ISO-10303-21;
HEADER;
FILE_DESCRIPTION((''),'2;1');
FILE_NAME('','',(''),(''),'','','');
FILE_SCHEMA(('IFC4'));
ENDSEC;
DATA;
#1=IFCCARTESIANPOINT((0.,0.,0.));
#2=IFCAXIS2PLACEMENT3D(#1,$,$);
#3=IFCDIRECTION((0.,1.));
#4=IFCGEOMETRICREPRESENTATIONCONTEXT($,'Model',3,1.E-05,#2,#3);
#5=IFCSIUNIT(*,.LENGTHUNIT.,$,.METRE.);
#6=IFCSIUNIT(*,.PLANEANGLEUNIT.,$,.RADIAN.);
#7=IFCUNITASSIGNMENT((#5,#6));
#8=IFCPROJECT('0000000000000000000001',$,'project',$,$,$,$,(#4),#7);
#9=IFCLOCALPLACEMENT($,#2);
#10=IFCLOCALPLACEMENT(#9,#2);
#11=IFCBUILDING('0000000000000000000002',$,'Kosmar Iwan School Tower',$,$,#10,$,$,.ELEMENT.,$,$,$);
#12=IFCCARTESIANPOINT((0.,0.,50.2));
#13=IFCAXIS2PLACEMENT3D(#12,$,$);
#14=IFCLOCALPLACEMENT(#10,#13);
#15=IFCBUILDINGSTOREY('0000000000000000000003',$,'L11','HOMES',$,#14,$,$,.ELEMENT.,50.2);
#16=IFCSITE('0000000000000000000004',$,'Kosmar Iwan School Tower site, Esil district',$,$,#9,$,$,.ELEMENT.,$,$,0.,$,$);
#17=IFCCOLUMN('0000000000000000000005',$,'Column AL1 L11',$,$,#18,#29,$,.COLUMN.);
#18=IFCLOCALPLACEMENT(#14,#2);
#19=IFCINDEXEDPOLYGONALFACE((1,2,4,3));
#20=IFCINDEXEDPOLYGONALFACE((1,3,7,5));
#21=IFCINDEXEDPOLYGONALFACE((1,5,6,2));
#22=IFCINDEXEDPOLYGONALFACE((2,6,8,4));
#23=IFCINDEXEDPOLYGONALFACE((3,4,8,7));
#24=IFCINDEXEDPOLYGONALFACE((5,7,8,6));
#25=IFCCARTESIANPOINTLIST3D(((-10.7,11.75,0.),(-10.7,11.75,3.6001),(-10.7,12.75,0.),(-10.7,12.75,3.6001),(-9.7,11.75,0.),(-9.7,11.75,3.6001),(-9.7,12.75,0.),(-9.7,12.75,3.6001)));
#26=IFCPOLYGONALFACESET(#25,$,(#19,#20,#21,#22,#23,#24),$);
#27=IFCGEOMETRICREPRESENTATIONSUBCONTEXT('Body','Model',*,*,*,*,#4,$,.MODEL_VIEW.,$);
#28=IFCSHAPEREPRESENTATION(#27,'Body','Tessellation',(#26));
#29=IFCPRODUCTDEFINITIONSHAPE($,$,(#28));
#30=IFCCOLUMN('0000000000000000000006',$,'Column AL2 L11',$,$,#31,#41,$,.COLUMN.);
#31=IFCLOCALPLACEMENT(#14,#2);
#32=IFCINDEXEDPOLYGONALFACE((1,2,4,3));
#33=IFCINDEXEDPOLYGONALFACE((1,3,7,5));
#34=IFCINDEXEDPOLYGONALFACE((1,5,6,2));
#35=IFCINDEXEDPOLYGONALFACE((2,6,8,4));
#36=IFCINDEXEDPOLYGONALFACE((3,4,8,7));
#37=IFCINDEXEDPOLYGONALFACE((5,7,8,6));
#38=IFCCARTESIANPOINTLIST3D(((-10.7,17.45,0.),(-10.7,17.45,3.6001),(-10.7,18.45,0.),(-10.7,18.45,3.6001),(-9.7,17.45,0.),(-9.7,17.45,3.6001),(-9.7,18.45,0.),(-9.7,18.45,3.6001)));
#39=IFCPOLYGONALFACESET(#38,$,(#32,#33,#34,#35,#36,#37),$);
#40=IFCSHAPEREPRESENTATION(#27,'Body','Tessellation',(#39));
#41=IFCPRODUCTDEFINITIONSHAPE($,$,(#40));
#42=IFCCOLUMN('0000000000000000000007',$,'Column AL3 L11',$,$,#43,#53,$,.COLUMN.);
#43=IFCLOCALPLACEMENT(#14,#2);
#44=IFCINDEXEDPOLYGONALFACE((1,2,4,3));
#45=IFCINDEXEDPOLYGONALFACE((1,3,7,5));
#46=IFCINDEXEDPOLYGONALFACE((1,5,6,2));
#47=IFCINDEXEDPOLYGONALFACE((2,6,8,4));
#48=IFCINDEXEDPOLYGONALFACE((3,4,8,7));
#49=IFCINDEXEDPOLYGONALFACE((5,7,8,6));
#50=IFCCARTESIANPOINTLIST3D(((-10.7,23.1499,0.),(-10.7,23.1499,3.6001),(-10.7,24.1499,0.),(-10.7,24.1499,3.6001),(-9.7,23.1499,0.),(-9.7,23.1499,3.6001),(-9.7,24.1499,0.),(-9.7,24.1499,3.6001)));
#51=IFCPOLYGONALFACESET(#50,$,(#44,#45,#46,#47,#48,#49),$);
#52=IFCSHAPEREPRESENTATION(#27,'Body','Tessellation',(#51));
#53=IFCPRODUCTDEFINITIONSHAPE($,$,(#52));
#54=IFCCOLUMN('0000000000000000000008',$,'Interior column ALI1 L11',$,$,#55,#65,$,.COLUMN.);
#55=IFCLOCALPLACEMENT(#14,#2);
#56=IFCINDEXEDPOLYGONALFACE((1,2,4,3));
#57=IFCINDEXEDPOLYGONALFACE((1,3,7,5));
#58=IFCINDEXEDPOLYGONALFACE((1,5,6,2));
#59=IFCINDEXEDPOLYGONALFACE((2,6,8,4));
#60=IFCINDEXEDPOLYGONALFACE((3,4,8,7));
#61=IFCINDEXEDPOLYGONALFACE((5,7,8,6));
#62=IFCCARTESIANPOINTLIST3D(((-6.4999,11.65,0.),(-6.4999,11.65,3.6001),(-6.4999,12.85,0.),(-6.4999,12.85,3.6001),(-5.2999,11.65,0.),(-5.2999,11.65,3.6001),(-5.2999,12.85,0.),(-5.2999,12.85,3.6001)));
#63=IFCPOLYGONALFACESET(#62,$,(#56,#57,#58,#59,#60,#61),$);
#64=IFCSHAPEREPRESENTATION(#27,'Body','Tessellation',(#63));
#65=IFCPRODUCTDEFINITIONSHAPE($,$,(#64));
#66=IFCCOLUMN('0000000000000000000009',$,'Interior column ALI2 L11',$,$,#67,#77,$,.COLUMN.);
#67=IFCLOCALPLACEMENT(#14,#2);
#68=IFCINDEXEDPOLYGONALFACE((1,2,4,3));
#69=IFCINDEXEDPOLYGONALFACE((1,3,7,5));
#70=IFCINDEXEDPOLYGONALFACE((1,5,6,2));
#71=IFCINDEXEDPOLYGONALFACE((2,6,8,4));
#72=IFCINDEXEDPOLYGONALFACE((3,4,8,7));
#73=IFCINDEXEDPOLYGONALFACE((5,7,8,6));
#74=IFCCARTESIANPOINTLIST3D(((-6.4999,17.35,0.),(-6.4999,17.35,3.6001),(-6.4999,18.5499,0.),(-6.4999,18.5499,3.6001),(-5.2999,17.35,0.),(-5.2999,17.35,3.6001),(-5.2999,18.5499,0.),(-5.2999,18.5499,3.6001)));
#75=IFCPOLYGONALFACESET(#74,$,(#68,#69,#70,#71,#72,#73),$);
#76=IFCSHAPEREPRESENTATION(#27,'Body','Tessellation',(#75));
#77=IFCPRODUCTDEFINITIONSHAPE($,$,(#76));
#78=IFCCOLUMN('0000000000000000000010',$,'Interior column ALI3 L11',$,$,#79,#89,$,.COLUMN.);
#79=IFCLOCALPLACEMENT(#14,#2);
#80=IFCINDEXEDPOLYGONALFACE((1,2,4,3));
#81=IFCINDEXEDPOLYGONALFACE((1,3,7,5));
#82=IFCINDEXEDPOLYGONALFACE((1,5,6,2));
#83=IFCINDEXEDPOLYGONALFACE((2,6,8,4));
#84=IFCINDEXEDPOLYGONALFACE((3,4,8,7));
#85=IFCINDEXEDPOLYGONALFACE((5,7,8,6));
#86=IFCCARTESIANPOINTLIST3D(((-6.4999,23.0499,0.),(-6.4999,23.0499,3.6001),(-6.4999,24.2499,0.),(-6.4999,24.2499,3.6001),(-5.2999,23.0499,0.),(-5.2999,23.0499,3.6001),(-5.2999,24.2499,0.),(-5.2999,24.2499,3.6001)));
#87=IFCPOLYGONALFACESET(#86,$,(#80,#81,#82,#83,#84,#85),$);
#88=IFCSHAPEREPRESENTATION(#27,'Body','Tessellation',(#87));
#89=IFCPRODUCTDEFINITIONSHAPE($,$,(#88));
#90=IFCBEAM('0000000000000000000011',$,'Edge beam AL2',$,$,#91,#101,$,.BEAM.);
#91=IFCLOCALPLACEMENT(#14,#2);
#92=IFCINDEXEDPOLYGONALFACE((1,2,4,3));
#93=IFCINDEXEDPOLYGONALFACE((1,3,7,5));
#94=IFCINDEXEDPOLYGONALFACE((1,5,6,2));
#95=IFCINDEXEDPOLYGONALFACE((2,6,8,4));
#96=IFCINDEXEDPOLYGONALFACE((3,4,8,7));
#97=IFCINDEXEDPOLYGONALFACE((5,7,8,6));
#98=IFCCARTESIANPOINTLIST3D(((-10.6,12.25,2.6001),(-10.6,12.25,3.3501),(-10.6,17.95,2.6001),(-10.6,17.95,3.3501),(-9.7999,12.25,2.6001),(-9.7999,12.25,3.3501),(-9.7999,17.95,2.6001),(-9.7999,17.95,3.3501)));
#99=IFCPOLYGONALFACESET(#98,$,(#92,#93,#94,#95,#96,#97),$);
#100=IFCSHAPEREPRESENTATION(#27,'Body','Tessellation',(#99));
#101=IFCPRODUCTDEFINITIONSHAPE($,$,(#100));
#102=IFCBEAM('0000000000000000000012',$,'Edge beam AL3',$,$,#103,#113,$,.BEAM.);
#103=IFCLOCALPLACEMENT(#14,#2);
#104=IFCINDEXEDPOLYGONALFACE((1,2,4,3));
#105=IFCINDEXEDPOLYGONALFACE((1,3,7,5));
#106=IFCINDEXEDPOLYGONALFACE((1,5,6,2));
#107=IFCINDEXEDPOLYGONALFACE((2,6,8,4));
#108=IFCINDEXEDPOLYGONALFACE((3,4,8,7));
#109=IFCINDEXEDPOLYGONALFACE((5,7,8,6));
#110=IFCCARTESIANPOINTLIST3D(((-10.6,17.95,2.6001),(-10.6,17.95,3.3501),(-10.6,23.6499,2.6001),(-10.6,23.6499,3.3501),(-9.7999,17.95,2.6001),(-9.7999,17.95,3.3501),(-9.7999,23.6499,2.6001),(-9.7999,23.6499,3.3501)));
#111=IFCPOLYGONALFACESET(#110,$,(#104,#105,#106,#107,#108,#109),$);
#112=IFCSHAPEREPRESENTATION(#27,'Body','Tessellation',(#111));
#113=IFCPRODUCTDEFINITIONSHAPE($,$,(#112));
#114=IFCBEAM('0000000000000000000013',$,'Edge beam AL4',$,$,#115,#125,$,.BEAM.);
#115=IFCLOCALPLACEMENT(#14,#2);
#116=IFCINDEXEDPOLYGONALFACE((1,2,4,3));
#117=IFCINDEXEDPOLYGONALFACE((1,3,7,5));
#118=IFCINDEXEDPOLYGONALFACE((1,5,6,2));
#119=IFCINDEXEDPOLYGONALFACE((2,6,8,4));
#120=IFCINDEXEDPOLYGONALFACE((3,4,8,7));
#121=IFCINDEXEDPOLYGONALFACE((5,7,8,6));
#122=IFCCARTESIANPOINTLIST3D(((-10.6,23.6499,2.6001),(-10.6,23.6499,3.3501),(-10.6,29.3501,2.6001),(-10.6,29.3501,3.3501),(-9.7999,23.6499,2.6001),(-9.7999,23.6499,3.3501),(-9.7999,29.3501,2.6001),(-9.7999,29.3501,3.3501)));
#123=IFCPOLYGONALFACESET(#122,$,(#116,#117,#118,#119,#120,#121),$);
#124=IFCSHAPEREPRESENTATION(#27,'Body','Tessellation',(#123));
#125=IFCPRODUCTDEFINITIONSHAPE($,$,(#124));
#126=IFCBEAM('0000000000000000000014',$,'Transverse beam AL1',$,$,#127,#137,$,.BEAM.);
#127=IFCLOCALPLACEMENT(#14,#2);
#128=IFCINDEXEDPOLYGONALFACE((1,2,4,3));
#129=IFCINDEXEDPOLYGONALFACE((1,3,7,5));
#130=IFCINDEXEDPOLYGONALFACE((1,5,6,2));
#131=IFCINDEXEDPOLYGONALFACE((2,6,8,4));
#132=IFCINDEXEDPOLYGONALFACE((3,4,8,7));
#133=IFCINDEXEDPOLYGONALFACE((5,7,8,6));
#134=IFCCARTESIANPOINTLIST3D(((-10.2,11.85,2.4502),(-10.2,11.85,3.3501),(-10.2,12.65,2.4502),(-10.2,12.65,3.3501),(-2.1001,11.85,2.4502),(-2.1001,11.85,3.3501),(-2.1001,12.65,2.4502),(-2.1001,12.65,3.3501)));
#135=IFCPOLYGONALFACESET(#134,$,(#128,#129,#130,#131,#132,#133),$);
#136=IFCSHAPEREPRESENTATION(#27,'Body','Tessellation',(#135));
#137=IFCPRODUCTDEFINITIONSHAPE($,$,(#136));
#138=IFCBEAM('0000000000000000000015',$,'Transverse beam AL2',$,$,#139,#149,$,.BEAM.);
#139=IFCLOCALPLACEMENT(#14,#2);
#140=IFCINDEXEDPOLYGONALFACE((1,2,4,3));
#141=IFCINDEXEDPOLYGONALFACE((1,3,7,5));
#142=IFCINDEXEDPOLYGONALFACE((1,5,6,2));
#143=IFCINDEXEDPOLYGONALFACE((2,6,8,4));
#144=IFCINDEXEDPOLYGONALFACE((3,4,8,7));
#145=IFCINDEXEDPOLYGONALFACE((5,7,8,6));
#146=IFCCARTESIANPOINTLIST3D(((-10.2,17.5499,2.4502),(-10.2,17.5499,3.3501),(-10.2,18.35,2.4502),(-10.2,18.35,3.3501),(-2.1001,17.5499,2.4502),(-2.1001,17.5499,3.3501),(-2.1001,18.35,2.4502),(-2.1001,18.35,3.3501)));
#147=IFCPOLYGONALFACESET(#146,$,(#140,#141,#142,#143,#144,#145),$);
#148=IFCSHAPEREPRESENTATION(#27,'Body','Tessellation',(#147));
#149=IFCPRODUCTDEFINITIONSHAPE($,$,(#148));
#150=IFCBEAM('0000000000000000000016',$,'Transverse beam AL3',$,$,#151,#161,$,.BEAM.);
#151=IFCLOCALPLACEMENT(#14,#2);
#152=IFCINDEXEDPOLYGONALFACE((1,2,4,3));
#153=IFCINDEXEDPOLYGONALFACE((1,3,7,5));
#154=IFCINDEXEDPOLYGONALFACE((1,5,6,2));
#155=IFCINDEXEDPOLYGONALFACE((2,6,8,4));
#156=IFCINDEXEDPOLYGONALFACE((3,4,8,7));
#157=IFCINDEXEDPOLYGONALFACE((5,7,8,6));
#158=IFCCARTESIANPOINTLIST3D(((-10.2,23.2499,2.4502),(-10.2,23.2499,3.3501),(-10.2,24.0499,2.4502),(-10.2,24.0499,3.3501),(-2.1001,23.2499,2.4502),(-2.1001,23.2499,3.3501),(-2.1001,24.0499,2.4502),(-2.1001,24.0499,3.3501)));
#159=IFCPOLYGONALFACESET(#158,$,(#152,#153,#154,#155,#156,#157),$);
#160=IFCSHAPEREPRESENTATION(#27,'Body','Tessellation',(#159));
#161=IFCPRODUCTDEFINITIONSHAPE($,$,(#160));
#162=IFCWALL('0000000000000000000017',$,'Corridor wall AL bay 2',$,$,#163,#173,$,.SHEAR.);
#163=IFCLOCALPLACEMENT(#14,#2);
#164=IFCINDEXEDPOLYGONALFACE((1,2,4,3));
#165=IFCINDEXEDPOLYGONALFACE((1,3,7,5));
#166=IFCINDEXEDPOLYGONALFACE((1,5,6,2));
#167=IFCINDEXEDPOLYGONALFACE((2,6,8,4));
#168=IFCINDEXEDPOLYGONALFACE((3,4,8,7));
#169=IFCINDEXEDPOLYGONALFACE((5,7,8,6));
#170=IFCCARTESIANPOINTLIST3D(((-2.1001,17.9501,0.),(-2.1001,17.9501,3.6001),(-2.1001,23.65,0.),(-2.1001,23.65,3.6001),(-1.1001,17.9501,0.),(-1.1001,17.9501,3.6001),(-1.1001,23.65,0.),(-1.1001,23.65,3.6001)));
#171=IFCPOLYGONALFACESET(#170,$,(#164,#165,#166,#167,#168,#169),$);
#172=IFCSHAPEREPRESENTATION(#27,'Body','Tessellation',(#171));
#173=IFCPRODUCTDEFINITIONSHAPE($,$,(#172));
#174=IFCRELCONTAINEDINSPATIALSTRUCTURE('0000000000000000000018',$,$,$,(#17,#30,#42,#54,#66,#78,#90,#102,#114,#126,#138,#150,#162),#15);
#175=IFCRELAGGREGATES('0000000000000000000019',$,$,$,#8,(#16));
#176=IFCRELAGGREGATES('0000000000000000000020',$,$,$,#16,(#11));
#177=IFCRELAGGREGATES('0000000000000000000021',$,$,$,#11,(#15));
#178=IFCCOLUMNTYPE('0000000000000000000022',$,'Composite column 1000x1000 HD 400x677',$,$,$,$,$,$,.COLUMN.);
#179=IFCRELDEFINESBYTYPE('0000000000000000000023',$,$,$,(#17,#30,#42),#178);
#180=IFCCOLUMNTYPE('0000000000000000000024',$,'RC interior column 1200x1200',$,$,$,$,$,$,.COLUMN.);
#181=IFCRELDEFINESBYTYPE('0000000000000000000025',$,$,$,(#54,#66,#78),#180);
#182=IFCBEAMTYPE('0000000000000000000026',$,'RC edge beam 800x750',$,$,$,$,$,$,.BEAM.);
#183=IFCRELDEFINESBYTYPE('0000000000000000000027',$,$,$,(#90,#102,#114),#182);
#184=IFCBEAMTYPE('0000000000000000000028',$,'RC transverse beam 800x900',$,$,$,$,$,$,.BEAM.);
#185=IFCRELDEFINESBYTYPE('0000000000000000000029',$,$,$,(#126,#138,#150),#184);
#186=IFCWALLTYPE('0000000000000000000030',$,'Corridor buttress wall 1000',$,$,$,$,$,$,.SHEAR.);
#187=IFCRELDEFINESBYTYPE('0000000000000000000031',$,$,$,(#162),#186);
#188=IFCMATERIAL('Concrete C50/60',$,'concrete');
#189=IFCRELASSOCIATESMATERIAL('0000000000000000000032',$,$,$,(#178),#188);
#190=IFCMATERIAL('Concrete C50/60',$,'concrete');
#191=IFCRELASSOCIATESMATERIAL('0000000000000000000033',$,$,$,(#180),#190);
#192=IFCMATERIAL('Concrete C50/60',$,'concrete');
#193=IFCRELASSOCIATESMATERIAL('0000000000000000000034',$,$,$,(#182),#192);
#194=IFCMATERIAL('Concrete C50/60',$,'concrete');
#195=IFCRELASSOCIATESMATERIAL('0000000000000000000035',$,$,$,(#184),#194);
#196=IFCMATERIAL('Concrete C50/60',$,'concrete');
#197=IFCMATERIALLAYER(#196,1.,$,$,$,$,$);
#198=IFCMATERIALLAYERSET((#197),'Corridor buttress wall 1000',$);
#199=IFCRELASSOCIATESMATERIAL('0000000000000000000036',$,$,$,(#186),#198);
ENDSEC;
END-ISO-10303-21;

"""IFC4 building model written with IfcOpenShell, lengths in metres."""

from ifc_helpers import new_model, si_unit, direction, frame, frame_2d, origin, origin_2d, place, context, subcontext, project, spatial, rectangle, extrude, material, layer, layer_set, material_profile, profile_set, type_object, element, save


model = new_model("IFC4")

# Units and contexts
model_context = context("Model", 3, precision=1e-05, world=origin(), true_north=direction((0.0, 1.0)))
body_context = subcontext(model_context, "Body", "Model", "MODEL_VIEW")
ifc_project = project(units=[si_unit("LENGTHUNIT", "METRE"), si_unit("PLANEANGLEUNIT", "RADIAN")], contexts=[model_context])

# Site, building, storey
site_placement = place(None, origin())
site = spatial("IfcSite", under=ifc_project, at=site_placement, Name="Kosmar Iwan School Tower site, Esil district", CompositionType="ELEMENT", RefElevation=0.0)
building_placement = place(site_placement, origin())
building = spatial("IfcBuilding", under=site, at=building_placement, Name="Kosmar Iwan School Tower", CompositionType="ELEMENT")
storey_placement = place(building_placement, frame((0.0, 0.0, 50.2)))
storey = spatial("IfcBuildingStorey", under=building, at=storey_placement, Name="L11", Description="HOMES", CompositionType="ELEMENT", Elevation=50.2)

# Columns
ifc_material_1 = material(Name="Concrete C50/60", Category="concrete")
ifc_material_profile_1 = material_profile(ifc_material_1, rectangle(XDim=1.0, YDim=1.0, at=origin_2d()), Name="RC 1000x1000 + HD 400x677")
ifc_profile_set_1 = profile_set([ifc_material_profile_1], Name="Concrete C50/60")
column_type_1 = type_object("IfcColumnType", Name="Composite column 1000x1000 HD 400x677", PredefinedType="COLUMN", material=ifc_profile_set_1)
for number, where, z_axis, x_axis, name in (
    (1, (-10.2, 12.25, 0.0), (0.0, 0.0, 1.0), (0.0, 1.0, 0.0), "Column AL1 L11"),
    (2, (-10.2, 17.95, 0.0), (0.0, 0.0, 1.0), (0.0, 1.0, 0.0), "Column AL2 L11"),
    (3, (-10.2, 23.6499, 0.0), (0.0, 0.0, 1.0), (0.0, 1.0, 0.0), "Column AL3 L11"),
):
    element("IfcColumn", number, at=place(storey_placement, frame(where, z_axis=z_axis, x_axis=x_axis)), inside=storey, type_object=column_type_1, Name=name, PredefinedType="COLUMN", context=body_context, shape_type="SweptSolid", body=[
        extrude(rectangle(XDim=1.0, YDim=1.0, at=origin_2d()), origin(), (0.0, 0.0, 1.0), 3.6001),
    ])
ifc_material_2 = material(Name="Concrete C50/60", Category="concrete")
ifc_material_profile_2 = material_profile(ifc_material_2, rectangle(XDim=1.2, YDim=1.2, at=origin_2d()), Name="RC 1200x1200")
ifc_profile_set_2 = profile_set([ifc_material_profile_2], Name="Concrete C50/60")
column_type_2 = type_object("IfcColumnType", Name="RC interior column 1200x1200", PredefinedType="COLUMN", material=ifc_profile_set_2)
for number, where, z_axis, x_axis, name in (
    (4, (-5.8999, 12.25, 0.0), (0.0, 0.0, 1.0), (0.0, 1.0, 0.0), "Interior column ALI1 L11"),
    (5, (-5.8999, 17.95, 0.0), (0.0, 0.0, 1.0), (0.0, 1.0, 0.0), "Interior column ALI2 L11"),
    (6, (-5.8999, 23.6499, 0.0), (0.0, 0.0, 1.0), (0.0, 1.0, 0.0), "Interior column ALI3 L11"),
):
    element("IfcColumn", number, at=place(storey_placement, frame(where, z_axis=z_axis, x_axis=x_axis)), inside=storey, type_object=column_type_2, Name=name, PredefinedType="COLUMN", context=body_context, shape_type="SweptSolid", body=[
        extrude(rectangle(XDim=1.2, YDim=1.2, at=origin_2d()), origin(), (0.0, 0.0, 1.0), 3.6001),
    ])

# Beams
ifc_material_3 = material(Name="Concrete C50/60", Category="concrete")
ifc_material_profile_3 = material_profile(ifc_material_3, rectangle(XDim=0.8, YDim=0.75, at=origin_2d()), Name="RC 800x750")
ifc_profile_set_3 = profile_set([ifc_material_profile_3], Name="Concrete C50/60")
beam_type_1 = type_object("IfcBeamType", Name="RC edge beam 800x750", PredefinedType="BEAM", material=ifc_profile_set_3)
for number, where, z_axis, x_axis, name in (
    (7, (-10.2, 12.25, 2.9751), (0.0, 1.0, 0.0), (-1.0, 0.0, 0.0), "Edge beam AL2"),
    (8, (-10.2, 17.95, 2.9751), (0.0, 1.0, 0.0), (-1.0, 0.0, 0.0), "Edge beam AL3"),
):
    element("IfcBeam", number, at=place(storey_placement, frame(where, z_axis=z_axis, x_axis=x_axis)), inside=storey, type_object=beam_type_1, Name=name, PredefinedType="BEAM", context=body_context, shape_type="SweptSolid", body=[
        extrude(rectangle(XDim=0.8, YDim=0.75, at=origin_2d()), origin(), (0.0, 0.0, 1.0), 5.7),
    ])
beam_placement = place(storey_placement, frame((-10.2, 23.6499, 2.9751), z_axis=(0.0, 1.0, 0.0), x_axis=(-1.0, 0.0, 0.0)))
element("IfcBeam", 9, at=beam_placement, inside=storey, type_object=beam_type_1, Name="Edge beam AL4", PredefinedType="BEAM", context=body_context, shape_type="SweptSolid", body=[
    extrude(rectangle(XDim=0.8, YDim=0.75, at=origin_2d()), origin(), (0.0, 0.0, 1.0), 5.7002),
])
ifc_material_4 = material(Name="Concrete C50/60", Category="concrete")
ifc_material_profile_4 = material_profile(ifc_material_4, rectangle(XDim=0.8, YDim=0.8999, at=origin_2d()), Name="RC 800x900")
ifc_profile_set_4 = profile_set([ifc_material_profile_4], Name="Concrete C50/60")
beam_type_2 = type_object("IfcBeamType", Name="RC transverse beam 800x900", PredefinedType="BEAM", material=ifc_profile_set_4)
for number, where, z_axis, x_axis, name in (
    (10, (-10.2, 12.25, 2.9001), (1.0, 0.0, 0.0), (0.0, 1.0, 0.0), "Transverse beam AL1"),
    (11, (-10.2, 17.95, 2.9001), (1.0, 0.0, 0.0), (0.0, 1.0, 0.0), "Transverse beam AL2"),
    (12, (-10.2, 23.6499, 2.9001), (1.0, 0.0, 0.0), (0.0, 1.0, 0.0), "Transverse beam AL3"),
):
    element("IfcBeam", number, at=place(storey_placement, frame(where, z_axis=z_axis, x_axis=x_axis)), inside=storey, type_object=beam_type_2, Name=name, PredefinedType="BEAM", context=body_context, shape_type="SweptSolid", body=[
        extrude(rectangle(XDim=0.8, YDim=0.8999, at=origin_2d()), origin(), (0.0, 0.0, 1.0), 8.0999),
    ])

# Wall
ifc_material_5 = material(Name="Concrete C50/60", Category="concrete")
ifc_layer_1 = layer(ifc_material_5, 1.0)
ifc_layer_set_1 = layer_set([ifc_layer_1], Name="Corridor buttress wall 1000")
wall_type_1 = type_object("IfcWallType", Name="Corridor buttress wall 1000", PredefinedType="SHEAR", material=ifc_layer_set_1)
wall_1_placement = place(storey_placement, frame((-1.6001, 17.95, 0.0), z_axis=(0.0, 0.0, 1.0), x_axis=(0.0, 1.0, 0.0)))
element("IfcWall", 13, at=wall_1_placement, inside=storey, type_object=wall_type_1, Name="Corridor wall AL bay 2", PredefinedType="SHEAR", context=body_context, shape_type="SweptSolid", body=[
    extrude(rectangle(XDim=5.7, YDim=1.0, at=frame_2d((2.8501, 0.0))), origin(), (0.0, 0.0, 1.0), 3.6001),
])

save(model, "model.ifc")
